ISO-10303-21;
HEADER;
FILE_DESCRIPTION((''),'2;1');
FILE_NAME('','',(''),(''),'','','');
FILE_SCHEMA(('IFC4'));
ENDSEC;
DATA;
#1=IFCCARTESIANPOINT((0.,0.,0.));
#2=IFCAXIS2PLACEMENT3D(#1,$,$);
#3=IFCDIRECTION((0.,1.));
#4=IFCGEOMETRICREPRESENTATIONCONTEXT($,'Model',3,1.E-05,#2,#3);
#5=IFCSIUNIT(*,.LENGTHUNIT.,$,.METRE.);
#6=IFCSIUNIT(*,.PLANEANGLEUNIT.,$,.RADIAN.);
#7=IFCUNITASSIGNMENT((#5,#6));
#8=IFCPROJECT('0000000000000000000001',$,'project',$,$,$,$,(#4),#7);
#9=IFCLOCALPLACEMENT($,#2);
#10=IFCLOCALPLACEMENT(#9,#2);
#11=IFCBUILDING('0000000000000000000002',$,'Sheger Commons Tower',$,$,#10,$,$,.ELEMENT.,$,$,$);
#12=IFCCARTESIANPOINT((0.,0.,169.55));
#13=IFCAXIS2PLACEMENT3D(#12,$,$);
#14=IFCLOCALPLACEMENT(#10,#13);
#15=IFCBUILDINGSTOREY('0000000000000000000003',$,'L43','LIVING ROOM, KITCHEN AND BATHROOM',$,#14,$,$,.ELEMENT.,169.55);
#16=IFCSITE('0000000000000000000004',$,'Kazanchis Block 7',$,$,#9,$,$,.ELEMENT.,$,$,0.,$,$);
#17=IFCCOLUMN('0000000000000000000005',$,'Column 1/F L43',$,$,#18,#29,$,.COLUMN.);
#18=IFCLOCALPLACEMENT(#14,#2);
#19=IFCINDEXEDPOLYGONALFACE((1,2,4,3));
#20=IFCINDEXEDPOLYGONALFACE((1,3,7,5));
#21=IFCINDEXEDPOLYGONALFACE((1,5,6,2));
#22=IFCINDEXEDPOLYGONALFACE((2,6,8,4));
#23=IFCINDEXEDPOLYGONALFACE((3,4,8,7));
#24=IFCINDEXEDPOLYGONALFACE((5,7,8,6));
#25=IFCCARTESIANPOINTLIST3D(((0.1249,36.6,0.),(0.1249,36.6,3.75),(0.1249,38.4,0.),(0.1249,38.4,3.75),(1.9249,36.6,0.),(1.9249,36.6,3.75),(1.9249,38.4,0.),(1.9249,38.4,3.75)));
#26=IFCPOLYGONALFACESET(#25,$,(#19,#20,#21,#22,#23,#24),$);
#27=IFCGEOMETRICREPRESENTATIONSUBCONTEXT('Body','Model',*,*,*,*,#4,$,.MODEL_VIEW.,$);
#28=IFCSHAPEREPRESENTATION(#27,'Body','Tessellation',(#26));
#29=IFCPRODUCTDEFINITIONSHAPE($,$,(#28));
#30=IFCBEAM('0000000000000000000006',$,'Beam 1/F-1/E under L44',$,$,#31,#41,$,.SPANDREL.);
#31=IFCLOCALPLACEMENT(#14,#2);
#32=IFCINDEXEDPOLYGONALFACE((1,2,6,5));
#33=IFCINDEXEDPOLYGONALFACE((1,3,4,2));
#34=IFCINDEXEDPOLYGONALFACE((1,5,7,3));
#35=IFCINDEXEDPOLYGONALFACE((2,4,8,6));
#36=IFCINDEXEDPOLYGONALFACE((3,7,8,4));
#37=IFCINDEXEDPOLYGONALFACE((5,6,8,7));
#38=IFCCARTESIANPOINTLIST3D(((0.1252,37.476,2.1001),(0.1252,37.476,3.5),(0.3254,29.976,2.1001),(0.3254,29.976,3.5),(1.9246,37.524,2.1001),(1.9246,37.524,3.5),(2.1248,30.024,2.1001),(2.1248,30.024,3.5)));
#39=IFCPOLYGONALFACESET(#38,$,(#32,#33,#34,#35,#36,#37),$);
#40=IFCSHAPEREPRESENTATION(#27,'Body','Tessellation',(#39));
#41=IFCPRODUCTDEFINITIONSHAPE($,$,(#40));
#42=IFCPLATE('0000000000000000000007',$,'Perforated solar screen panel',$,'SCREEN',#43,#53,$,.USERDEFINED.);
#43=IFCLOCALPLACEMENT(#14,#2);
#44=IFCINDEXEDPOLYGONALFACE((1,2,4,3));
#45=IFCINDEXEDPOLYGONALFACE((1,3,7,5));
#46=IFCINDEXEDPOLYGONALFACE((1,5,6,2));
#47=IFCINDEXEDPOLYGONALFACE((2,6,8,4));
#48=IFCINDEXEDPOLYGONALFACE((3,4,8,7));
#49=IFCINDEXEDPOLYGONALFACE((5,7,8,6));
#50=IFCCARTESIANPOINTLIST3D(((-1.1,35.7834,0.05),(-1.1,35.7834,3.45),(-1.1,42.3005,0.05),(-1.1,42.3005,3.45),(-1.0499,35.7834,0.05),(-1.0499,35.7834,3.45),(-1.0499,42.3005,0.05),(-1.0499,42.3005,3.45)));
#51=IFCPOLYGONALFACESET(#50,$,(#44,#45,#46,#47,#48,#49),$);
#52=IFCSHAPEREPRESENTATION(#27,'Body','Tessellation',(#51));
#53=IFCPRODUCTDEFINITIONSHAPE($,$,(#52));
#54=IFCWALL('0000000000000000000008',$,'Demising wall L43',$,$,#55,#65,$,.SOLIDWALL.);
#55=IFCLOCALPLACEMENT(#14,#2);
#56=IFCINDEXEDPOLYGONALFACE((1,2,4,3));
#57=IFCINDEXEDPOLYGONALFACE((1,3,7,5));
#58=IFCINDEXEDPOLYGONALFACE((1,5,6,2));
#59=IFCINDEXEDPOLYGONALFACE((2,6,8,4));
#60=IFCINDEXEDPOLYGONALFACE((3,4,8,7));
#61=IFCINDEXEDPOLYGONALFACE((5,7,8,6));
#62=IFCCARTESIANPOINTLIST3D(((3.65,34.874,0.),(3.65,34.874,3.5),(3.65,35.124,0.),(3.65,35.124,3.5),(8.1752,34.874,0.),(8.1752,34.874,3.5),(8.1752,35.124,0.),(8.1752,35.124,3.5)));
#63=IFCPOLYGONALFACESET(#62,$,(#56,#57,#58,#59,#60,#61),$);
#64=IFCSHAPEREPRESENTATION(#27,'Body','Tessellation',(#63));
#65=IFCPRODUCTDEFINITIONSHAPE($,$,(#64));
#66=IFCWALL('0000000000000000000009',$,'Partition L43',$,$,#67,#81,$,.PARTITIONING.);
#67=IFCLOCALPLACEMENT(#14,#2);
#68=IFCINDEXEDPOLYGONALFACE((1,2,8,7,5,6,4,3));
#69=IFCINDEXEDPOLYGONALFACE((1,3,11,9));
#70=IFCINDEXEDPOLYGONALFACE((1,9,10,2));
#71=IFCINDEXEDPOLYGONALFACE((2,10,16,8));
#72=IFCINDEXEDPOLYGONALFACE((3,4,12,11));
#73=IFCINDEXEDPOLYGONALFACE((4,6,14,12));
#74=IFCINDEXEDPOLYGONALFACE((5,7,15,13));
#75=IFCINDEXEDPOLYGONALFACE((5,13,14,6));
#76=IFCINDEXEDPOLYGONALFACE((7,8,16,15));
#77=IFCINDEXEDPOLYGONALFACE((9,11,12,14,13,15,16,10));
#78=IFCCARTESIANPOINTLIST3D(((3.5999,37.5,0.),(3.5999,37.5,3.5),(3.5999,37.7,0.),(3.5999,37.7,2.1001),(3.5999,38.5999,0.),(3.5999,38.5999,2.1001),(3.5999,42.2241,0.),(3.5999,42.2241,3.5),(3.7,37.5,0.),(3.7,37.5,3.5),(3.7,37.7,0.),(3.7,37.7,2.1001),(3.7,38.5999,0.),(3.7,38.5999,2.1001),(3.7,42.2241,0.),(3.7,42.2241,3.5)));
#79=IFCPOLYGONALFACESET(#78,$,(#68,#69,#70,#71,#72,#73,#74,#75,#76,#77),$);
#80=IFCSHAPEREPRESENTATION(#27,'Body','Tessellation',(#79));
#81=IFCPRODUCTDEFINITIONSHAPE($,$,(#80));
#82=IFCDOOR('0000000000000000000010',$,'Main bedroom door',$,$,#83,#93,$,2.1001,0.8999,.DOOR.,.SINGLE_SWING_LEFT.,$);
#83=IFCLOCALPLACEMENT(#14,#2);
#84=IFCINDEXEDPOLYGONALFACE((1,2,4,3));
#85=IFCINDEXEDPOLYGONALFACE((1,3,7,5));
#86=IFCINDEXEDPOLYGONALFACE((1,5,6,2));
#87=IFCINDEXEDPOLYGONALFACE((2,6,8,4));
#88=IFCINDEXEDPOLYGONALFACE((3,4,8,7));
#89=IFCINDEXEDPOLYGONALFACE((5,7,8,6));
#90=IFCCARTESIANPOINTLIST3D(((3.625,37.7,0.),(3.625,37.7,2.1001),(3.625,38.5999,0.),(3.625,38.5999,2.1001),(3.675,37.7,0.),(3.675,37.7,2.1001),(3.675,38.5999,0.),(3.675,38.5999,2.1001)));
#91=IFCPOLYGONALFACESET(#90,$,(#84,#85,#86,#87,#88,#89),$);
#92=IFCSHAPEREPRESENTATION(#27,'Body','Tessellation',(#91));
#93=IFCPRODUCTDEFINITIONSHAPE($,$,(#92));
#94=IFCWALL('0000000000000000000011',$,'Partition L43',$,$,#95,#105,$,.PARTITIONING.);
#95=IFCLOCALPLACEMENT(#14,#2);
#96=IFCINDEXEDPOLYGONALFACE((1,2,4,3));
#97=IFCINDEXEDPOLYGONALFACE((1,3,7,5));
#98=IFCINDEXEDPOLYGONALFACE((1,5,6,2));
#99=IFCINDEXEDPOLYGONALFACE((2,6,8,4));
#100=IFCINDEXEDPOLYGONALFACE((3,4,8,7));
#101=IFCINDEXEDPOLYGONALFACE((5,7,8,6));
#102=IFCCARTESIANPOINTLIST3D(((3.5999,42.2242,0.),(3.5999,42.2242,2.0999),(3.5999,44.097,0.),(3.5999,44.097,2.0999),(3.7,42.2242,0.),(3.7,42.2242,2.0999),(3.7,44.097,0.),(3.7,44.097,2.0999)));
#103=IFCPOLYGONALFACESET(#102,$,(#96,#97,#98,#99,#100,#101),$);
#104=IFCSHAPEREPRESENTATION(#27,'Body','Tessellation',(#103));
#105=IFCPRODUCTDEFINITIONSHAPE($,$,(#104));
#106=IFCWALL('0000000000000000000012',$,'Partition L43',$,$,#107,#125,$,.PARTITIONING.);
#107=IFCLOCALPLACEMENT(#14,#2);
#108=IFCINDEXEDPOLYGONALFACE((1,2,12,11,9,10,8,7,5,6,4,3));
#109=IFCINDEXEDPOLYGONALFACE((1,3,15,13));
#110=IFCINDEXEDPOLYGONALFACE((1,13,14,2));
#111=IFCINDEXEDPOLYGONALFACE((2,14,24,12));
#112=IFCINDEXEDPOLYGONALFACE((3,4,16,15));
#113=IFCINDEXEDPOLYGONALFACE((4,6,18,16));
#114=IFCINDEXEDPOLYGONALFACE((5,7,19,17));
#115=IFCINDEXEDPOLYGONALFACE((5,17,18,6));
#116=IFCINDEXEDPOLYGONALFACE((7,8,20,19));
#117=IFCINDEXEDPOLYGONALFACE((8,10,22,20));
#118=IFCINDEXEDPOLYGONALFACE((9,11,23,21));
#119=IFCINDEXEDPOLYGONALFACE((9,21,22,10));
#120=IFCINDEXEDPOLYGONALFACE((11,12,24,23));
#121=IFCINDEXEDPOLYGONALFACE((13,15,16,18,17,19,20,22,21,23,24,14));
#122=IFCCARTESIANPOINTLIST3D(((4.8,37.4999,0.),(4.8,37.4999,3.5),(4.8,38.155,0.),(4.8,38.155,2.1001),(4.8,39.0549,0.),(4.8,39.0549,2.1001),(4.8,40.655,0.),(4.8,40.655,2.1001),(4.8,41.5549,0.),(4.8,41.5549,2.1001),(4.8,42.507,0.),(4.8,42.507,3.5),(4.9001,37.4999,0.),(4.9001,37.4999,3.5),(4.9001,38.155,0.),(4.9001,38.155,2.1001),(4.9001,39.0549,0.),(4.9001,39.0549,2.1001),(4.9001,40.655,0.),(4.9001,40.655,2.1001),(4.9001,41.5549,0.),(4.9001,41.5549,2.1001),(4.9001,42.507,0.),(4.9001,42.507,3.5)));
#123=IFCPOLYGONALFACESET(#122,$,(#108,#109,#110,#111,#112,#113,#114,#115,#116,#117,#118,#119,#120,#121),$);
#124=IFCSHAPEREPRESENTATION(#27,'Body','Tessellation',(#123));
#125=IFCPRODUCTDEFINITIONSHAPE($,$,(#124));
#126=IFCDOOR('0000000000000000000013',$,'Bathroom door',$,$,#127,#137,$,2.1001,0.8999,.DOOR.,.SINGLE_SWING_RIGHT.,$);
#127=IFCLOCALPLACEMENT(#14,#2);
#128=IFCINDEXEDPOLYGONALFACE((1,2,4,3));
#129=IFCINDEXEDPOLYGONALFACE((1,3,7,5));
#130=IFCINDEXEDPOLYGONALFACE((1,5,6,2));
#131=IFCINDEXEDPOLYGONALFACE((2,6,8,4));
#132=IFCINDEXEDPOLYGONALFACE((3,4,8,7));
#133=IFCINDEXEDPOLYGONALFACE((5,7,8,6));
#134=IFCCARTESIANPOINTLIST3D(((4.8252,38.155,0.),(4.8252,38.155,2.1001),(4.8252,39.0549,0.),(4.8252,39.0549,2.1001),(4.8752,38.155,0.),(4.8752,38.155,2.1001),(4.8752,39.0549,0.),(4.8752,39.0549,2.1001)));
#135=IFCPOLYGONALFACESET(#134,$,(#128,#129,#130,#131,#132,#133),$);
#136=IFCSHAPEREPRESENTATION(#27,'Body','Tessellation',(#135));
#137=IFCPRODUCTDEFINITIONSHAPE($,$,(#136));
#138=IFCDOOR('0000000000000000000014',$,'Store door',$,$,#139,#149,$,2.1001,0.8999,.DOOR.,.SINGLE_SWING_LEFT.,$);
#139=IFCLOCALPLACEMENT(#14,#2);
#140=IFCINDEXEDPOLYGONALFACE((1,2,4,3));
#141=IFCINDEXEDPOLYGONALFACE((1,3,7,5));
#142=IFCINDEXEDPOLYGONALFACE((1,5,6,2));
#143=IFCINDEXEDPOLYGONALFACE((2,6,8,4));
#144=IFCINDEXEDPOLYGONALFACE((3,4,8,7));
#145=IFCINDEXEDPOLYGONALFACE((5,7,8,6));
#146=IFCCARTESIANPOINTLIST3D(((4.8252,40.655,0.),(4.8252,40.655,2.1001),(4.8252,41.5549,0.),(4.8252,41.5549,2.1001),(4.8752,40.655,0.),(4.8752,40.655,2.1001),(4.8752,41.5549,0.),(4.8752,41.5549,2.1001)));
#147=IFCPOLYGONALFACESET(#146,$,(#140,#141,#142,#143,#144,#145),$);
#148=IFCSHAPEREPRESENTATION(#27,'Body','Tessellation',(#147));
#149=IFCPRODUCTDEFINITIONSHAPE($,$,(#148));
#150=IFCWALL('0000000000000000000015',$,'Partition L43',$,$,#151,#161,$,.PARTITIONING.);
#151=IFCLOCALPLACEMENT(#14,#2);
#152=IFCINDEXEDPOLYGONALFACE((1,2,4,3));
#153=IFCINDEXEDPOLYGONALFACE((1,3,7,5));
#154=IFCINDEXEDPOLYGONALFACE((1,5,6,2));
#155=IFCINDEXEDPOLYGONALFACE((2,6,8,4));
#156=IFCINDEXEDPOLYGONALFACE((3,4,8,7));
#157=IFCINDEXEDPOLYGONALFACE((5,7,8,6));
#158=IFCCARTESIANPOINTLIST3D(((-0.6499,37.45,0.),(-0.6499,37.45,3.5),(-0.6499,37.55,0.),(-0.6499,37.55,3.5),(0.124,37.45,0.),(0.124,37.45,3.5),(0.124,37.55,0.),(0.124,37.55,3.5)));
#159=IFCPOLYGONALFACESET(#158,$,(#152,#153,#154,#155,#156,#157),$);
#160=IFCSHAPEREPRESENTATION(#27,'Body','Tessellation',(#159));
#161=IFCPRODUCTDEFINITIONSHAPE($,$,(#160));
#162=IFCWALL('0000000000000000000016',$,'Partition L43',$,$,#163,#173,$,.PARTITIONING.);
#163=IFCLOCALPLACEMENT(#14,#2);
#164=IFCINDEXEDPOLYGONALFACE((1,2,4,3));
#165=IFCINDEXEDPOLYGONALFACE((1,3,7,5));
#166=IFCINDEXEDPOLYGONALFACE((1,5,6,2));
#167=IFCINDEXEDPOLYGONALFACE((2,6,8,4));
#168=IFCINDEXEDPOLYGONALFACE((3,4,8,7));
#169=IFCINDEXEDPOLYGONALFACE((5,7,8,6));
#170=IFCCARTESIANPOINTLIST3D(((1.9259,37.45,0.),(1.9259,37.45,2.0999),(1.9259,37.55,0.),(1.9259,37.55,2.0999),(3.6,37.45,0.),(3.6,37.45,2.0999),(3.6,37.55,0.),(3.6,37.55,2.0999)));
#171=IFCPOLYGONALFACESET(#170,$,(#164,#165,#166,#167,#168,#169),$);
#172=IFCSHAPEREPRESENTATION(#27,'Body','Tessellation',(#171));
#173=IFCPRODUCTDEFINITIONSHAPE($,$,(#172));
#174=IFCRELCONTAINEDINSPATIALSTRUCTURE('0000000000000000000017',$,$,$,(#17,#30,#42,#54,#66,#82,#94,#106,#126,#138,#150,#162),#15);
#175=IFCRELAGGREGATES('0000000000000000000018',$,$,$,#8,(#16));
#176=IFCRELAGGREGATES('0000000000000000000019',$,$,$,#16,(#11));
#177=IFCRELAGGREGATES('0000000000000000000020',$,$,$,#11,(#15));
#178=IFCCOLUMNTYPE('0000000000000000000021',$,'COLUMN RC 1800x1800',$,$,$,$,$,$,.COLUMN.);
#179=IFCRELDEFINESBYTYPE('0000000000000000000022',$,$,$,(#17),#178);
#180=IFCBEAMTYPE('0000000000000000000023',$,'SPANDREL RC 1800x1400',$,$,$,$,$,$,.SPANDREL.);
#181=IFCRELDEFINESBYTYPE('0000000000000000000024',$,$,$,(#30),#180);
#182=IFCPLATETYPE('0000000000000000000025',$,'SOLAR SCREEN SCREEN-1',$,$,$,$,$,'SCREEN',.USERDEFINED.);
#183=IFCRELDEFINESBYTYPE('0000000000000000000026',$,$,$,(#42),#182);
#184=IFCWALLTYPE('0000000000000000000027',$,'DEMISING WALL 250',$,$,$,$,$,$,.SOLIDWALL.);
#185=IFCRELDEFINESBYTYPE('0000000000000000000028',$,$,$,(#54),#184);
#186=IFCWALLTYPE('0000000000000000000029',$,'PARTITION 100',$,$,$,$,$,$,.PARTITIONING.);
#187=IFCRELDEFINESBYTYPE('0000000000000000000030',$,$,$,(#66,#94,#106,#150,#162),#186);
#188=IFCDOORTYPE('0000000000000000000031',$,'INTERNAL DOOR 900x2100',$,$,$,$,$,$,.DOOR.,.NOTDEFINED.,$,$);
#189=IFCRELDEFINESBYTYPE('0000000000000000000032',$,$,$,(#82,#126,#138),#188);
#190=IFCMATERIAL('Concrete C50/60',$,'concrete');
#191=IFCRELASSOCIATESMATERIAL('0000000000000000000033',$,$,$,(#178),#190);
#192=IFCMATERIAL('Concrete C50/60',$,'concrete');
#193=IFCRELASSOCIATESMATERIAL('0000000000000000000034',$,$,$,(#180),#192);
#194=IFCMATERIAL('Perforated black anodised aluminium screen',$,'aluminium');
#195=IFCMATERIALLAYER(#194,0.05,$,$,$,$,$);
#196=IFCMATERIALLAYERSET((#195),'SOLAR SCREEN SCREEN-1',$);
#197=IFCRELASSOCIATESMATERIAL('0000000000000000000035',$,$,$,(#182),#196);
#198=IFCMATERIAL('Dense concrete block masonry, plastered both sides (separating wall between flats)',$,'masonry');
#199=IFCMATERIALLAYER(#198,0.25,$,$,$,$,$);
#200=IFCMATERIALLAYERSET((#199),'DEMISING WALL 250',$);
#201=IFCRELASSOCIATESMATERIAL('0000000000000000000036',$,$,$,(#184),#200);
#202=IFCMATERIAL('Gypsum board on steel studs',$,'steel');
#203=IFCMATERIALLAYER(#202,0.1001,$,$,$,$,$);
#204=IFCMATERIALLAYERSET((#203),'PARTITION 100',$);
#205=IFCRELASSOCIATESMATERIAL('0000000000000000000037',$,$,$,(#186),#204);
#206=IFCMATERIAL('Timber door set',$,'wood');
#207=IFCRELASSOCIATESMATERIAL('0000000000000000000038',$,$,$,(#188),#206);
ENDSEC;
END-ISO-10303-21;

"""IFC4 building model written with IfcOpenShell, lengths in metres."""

from ifc_helpers import new_model, si_unit, direction, frame, frame_2d, origin, origin_2d, place, context, subcontext, project, spatial, rectangle, extrude, material, layer, layer_set, material_profile, profile_set, type_object, element, fill, save


model = new_model("IFC4")

# Units and contexts
model_context = context("Model", 3, precision=1e-05, world=origin(), true_north=direction((0.0, 1.0)))
body_context = subcontext(model_context, "Body", "Model", "MODEL_VIEW")
ifc_project = project(units=[si_unit("LENGTHUNIT", "METRE"), si_unit("PLANEANGLEUNIT", "RADIAN")], contexts=[model_context])

# Site, building, storey
site_placement = place(None, origin())
site = spatial("IfcSite", under=ifc_project, at=site_placement, Name="Kazanchis Block 7", CompositionType="ELEMENT", RefElevation=0.0)
building_placement = place(site_placement, origin())
building = spatial("IfcBuilding", under=site, at=building_placement, Name="Sheger Commons Tower", CompositionType="ELEMENT")
storey_placement = place(building_placement, frame((0.0, 0.0, 169.55)))
storey = spatial("IfcBuildingStorey", under=building, at=storey_placement, Name="L43", Description="LIVING ROOM, KITCHEN AND BATHROOM", CompositionType="ELEMENT", Elevation=169.55)

# Column
ifc_material_1 = material(Name="Concrete C50/60", Category="concrete")
ifc_material_profile_1 = material_profile(ifc_material_1, rectangle(XDim=1.8, YDim=1.8, at=origin_2d()), Name="RC 1800x1800")
ifc_profile_set_1 = profile_set([ifc_material_profile_1], Name="Concrete C50/60")
column_type = type_object("IfcColumnType", Name="COLUMN RC 1800x1800", PredefinedType="COLUMN", material=ifc_profile_set_1)
column_placement = place(storey_placement, frame((1.0249, 37.5, 0.0), z_axis=(0.0, 0.0, 1.0), x_axis=(1.0, 0.0, 0.0)))
element("IfcColumn", 1, at=column_placement, inside=storey, type_object=column_type, Name="Column 1/F L43", PredefinedType="COLUMN", context=body_context, shape_type="SweptSolid", body=[
    extrude(rectangle(XDim=1.8, YDim=1.8, at=origin_2d()), origin(), (0.0, 0.0, 1.0), 3.75),
])

# Beam
ifc_material_2 = material(Name="Concrete C50/60", Category="concrete")
ifc_material_profile_2 = material_profile(ifc_material_2, rectangle(XDim=1.8, YDim=1.3999, at=origin_2d()), Name="RC 1800x1400")
ifc_profile_set_2 = profile_set([ifc_material_profile_2], Name="Concrete C50/60")
beam_type = type_object("IfcBeamType", Name="SPANDREL RC 1800x1400", PredefinedType="SPANDREL", material=ifc_profile_set_2)
beam_placement = place(storey_placement, frame((1.0249, 37.5, 2.8), z_axis=(0.026683, -0.999644, 0.0), x_axis=(0.999644, 0.026683, 0.0)))
element("IfcBeam", 2, at=beam_placement, inside=storey, type_object=beam_type, Name="Beam 1/F-1/E under L44", PredefinedType="SPANDREL", context=body_context, shape_type="SweptSolid", body=[
    extrude(rectangle(XDim=1.8, YDim=1.3999, at=origin_2d()), origin(), (0.0, 0.0, 1.0), 7.5027),
])

# Plate
ifc_material_3 = material(Name="Perforated black anodised aluminium screen", Category="aluminium")
ifc_layer_1 = layer(ifc_material_3, 0.05)
ifc_layer_set_1 = layer_set([ifc_layer_1], Name="SOLAR SCREEN SCREEN-1")
plate_type = type_object("IfcPlateType", Name="SOLAR SCREEN SCREEN-1", ElementType="SCREEN", PredefinedType="USERDEFINED", material=ifc_layer_set_1)
plate_placement = place(storey_placement, frame((-1.075, 39.042, 0.05), z_axis=(0.0, 0.0, 1.0), x_axis=(0.0, -1.0, 0.0)))
element("IfcPlate", 3, at=plate_placement, inside=storey, type_object=plate_type, Name="Perforated solar screen panel", ObjectType="SCREEN", PredefinedType="USERDEFINED", context=body_context, shape_type="SweptSolid", body=[
    extrude(rectangle(XDim=6.5171, YDim=0.05, at=origin_2d()), origin(), (0.0, 0.0, 1.0), 3.3999),
])

# Wall
ifc_material_4 = material(Name="Dense concrete block masonry, plastered both sides (separating wall between flats)", Category="masonry")
ifc_layer_2 = layer(ifc_material_4, 0.25)
ifc_layer_set_2 = layer_set([ifc_layer_2], Name="DEMISING WALL 250")
wall_type_1 = type_object("IfcWallType", Name="DEMISING WALL 250", PredefinedType="SOLIDWALL", material=ifc_layer_set_2)
wall_1_placement = place(storey_placement, frame((3.6499, 34.999, 0.0), z_axis=(0.0, 0.0, 1.0), x_axis=(1.0, 0.0, 0.0)))
element("IfcWall", 4, at=wall_1_placement, inside=storey, type_object=wall_type_1, Name="Demising wall L43", PredefinedType="SOLIDWALL", context=body_context, shape_type="SweptSolid", body=[
    extrude(rectangle(XDim=4.5251, YDim=0.25, at=frame_2d((2.2627, 0.0))), origin(), (0.0, 0.0, 1.0), 3.5),
])

# Wall, opening, door
ifc_material_5 = material(Name="Gypsum board on steel studs", Category="steel")
ifc_layer_3 = layer(ifc_material_5, 0.1001)
ifc_layer_set_3 = layer_set([ifc_layer_3], Name="PARTITION 100")
wall_type_2 = type_object("IfcWallType", Name="PARTITION 100", PredefinedType="PARTITIONING", material=ifc_layer_set_3)
wall_2_placement = place(storey_placement, frame((3.6499, 37.5, 0.0), z_axis=(0.0, 0.0, 1.0), x_axis=(0.0, 1.0, 0.0)))
wall_2 = element("IfcWall", 5, at=wall_2_placement, inside=storey, type_object=wall_type_2, Name="Partition L43", PredefinedType="PARTITIONING", context=body_context, shape_type="SweptSolid", body=[
    extrude(rectangle(XDim=4.7241, YDim=0.1001, at=frame_2d((2.3621, 0.0))), origin(), (0.0, 0.0, 1.0), 3.5),
])
opening_1_placement = place(wall_2_placement, frame((0.2, 0.0, 0.0)))
opening_1 = element("IfcOpeningElement", 6, at=opening_1_placement, cuts=wall_2, PredefinedType="OPENING", context=body_context, shape_type="SweptSolid", body=[
    extrude(rectangle(XDim=0.8999, YDim=2.1001, at=frame_2d((0.45, 1.05))), frame((0.0, 0.0601, 0.0), z_axis=(0.0, -1.0, 0.0), x_axis=(1.0, 0.0, 0.0)), (0.0, 0.0, 1.0), 0.1201),
])
ifc_material_6 = material(Name="Timber door set", Category="wood")
door_type = type_object("IfcDoorType", Name="INTERNAL DOOR 900x2100", OperationType="NOTDEFINED", PredefinedType="DOOR", material=ifc_material_6)
door_1_placement = place(opening_1_placement, origin())
door_1 = element("IfcDoor", 7, at=door_1_placement, inside=storey, type_object=door_type, Name="Main bedroom door", OperationType="SINGLE_SWING_LEFT", OverallHeight=2.1001, OverallWidth=0.8999, PredefinedType="DOOR", context=body_context, shape_type="SweptSolid", body=[
    extrude(rectangle(XDim=0.8999, YDim=2.1001, at=frame_2d((0.45, 1.05))), frame((0.0, 0.0249, 0.0), z_axis=(0.0, -1.0, 0.0), x_axis=(1.0, 0.0, 0.0)), (0.0, 0.0, 1.0), 0.05),
])
fill(opening_1, door_1)

# Wall
wall_3_placement = place(storey_placement, frame((3.6499, 42.2241, 0.0), z_axis=(0.0, 0.0, 1.0), x_axis=(0.0, 1.0, 0.0)))
element("IfcWall", 8, at=wall_3_placement, inside=storey, type_object=wall_type_2, Name="Partition L43", PredefinedType="PARTITIONING", context=body_context, shape_type="SweptSolid", body=[
    extrude(rectangle(XDim=1.8728, YDim=0.1001, at=frame_2d((0.9365, 0.0))), origin(), (0.0, 0.0, 1.0), 2.0999),
])

# Wall, openings, doors
wall_4_placement = place(storey_placement, frame((4.8501, 37.5, 0.0), z_axis=(0.0, 0.0, 1.0), x_axis=(0.0, 1.0, 0.0)))
wall_4 = element("IfcWall", 9, at=wall_4_placement, inside=storey, type_object=wall_type_2, Name="Partition L43", PredefinedType="PARTITIONING", context=body_context, shape_type="SweptSolid", body=[
    extrude(rectangle(XDim=5.0071, YDim=0.1001, at=frame_2d((2.5034, 0.0))), origin(), (0.0, 0.0, 1.0), 3.5),
])
opening_2_placement = place(wall_4_placement, frame((0.655, 0.0, 0.0)))
opening_2 = element("IfcOpeningElement", 10, at=opening_2_placement, cuts=wall_4, PredefinedType="OPENING", context=body_context, shape_type="SweptSolid", body=[
    extrude(rectangle(XDim=0.8999, YDim=2.1001, at=frame_2d((0.45, 1.05))), frame((0.0, 0.0601, 0.0), z_axis=(0.0, -1.0, 0.0), x_axis=(1.0, 0.0, 0.0)), (0.0, 0.0, 1.0), 0.1201),
])
opening_3_placement = place(wall_4_placement, frame((3.155, 0.0, 0.0)))
opening_3 = element("IfcOpeningElement", 11, at=opening_3_placement, cuts=wall_4, PredefinedType="OPENING", context=body_context, shape_type="SweptSolid", body=[
    extrude(rectangle(XDim=0.8999, YDim=2.1001, at=frame_2d((0.45, 1.05))), frame((0.0, 0.0601, 0.0), z_axis=(0.0, -1.0, 0.0), x_axis=(1.0, 0.0, 0.0)), (0.0, 0.0, 1.0), 0.1201),
])
door_2_placement = place(opening_2_placement, origin())
door_2 = element("IfcDoor", 12, at=door_2_placement, inside=storey, type_object=door_type, Name="Bathroom door", OperationType="SINGLE_SWING_RIGHT", OverallHeight=2.1001, OverallWidth=0.8999, PredefinedType="DOOR", context=body_context, shape_type="SweptSolid", body=[
    extrude(rectangle(XDim=0.8999, YDim=2.1001, at=frame_2d((0.45, 1.05))), frame((0.0, 0.0249, 0.0), z_axis=(0.0, -1.0, 0.0), x_axis=(1.0, 0.0, 0.0)), (0.0, 0.0, 1.0), 0.05),
])
fill(opening_2, door_2)
door_3_placement = place(opening_3_placement, origin())
door_3 = element("IfcDoor", 13, at=door_3_placement, inside=storey, type_object=door_type, Name="Store door", OperationType="SINGLE_SWING_LEFT", OverallHeight=2.1001, OverallWidth=0.8999, PredefinedType="DOOR", context=body_context, shape_type="SweptSolid", body=[
    extrude(rectangle(XDim=0.8999, YDim=2.1001, at=frame_2d((0.45, 1.05))), frame((0.0, 0.0249, 0.0), z_axis=(0.0, -1.0, 0.0), x_axis=(1.0, 0.0, 0.0)), (0.0, 0.0, 1.0), 0.05),
])
fill(opening_3, door_3)

# Walls
wall_5_placement = place(storey_placement, frame((-0.6499, 37.5, 0.0), z_axis=(0.0, 0.0, 1.0), x_axis=(1.0, 0.0, 0.0)))
element("IfcWall", 14, at=wall_5_placement, inside=storey, type_object=wall_type_2, Name="Partition L43", PredefinedType="PARTITIONING", context=body_context, shape_type="SweptSolid", body=[
    extrude(rectangle(XDim=0.7739, YDim=0.1001, at=frame_2d((0.387, 0.0))), origin(), (0.0, 0.0, 1.0), 3.5),
])
wall_6_placement = place(storey_placement, frame((1.926, 37.5, 0.0), z_axis=(0.0, 0.0, 1.0), x_axis=(1.0, 0.0, 0.0)))
element("IfcWall", 15, at=wall_6_placement, inside=storey, type_object=wall_type_2, Name="Partition L43", PredefinedType="PARTITIONING", context=body_context, shape_type="SweptSolid", body=[
    extrude(rectangle(XDim=1.6741, YDim=0.1001, at=frame_2d((0.8369, 0.0))), origin(), (0.0, 0.0, 1.0), 2.0999),
])

save(model, "model.ifc")
